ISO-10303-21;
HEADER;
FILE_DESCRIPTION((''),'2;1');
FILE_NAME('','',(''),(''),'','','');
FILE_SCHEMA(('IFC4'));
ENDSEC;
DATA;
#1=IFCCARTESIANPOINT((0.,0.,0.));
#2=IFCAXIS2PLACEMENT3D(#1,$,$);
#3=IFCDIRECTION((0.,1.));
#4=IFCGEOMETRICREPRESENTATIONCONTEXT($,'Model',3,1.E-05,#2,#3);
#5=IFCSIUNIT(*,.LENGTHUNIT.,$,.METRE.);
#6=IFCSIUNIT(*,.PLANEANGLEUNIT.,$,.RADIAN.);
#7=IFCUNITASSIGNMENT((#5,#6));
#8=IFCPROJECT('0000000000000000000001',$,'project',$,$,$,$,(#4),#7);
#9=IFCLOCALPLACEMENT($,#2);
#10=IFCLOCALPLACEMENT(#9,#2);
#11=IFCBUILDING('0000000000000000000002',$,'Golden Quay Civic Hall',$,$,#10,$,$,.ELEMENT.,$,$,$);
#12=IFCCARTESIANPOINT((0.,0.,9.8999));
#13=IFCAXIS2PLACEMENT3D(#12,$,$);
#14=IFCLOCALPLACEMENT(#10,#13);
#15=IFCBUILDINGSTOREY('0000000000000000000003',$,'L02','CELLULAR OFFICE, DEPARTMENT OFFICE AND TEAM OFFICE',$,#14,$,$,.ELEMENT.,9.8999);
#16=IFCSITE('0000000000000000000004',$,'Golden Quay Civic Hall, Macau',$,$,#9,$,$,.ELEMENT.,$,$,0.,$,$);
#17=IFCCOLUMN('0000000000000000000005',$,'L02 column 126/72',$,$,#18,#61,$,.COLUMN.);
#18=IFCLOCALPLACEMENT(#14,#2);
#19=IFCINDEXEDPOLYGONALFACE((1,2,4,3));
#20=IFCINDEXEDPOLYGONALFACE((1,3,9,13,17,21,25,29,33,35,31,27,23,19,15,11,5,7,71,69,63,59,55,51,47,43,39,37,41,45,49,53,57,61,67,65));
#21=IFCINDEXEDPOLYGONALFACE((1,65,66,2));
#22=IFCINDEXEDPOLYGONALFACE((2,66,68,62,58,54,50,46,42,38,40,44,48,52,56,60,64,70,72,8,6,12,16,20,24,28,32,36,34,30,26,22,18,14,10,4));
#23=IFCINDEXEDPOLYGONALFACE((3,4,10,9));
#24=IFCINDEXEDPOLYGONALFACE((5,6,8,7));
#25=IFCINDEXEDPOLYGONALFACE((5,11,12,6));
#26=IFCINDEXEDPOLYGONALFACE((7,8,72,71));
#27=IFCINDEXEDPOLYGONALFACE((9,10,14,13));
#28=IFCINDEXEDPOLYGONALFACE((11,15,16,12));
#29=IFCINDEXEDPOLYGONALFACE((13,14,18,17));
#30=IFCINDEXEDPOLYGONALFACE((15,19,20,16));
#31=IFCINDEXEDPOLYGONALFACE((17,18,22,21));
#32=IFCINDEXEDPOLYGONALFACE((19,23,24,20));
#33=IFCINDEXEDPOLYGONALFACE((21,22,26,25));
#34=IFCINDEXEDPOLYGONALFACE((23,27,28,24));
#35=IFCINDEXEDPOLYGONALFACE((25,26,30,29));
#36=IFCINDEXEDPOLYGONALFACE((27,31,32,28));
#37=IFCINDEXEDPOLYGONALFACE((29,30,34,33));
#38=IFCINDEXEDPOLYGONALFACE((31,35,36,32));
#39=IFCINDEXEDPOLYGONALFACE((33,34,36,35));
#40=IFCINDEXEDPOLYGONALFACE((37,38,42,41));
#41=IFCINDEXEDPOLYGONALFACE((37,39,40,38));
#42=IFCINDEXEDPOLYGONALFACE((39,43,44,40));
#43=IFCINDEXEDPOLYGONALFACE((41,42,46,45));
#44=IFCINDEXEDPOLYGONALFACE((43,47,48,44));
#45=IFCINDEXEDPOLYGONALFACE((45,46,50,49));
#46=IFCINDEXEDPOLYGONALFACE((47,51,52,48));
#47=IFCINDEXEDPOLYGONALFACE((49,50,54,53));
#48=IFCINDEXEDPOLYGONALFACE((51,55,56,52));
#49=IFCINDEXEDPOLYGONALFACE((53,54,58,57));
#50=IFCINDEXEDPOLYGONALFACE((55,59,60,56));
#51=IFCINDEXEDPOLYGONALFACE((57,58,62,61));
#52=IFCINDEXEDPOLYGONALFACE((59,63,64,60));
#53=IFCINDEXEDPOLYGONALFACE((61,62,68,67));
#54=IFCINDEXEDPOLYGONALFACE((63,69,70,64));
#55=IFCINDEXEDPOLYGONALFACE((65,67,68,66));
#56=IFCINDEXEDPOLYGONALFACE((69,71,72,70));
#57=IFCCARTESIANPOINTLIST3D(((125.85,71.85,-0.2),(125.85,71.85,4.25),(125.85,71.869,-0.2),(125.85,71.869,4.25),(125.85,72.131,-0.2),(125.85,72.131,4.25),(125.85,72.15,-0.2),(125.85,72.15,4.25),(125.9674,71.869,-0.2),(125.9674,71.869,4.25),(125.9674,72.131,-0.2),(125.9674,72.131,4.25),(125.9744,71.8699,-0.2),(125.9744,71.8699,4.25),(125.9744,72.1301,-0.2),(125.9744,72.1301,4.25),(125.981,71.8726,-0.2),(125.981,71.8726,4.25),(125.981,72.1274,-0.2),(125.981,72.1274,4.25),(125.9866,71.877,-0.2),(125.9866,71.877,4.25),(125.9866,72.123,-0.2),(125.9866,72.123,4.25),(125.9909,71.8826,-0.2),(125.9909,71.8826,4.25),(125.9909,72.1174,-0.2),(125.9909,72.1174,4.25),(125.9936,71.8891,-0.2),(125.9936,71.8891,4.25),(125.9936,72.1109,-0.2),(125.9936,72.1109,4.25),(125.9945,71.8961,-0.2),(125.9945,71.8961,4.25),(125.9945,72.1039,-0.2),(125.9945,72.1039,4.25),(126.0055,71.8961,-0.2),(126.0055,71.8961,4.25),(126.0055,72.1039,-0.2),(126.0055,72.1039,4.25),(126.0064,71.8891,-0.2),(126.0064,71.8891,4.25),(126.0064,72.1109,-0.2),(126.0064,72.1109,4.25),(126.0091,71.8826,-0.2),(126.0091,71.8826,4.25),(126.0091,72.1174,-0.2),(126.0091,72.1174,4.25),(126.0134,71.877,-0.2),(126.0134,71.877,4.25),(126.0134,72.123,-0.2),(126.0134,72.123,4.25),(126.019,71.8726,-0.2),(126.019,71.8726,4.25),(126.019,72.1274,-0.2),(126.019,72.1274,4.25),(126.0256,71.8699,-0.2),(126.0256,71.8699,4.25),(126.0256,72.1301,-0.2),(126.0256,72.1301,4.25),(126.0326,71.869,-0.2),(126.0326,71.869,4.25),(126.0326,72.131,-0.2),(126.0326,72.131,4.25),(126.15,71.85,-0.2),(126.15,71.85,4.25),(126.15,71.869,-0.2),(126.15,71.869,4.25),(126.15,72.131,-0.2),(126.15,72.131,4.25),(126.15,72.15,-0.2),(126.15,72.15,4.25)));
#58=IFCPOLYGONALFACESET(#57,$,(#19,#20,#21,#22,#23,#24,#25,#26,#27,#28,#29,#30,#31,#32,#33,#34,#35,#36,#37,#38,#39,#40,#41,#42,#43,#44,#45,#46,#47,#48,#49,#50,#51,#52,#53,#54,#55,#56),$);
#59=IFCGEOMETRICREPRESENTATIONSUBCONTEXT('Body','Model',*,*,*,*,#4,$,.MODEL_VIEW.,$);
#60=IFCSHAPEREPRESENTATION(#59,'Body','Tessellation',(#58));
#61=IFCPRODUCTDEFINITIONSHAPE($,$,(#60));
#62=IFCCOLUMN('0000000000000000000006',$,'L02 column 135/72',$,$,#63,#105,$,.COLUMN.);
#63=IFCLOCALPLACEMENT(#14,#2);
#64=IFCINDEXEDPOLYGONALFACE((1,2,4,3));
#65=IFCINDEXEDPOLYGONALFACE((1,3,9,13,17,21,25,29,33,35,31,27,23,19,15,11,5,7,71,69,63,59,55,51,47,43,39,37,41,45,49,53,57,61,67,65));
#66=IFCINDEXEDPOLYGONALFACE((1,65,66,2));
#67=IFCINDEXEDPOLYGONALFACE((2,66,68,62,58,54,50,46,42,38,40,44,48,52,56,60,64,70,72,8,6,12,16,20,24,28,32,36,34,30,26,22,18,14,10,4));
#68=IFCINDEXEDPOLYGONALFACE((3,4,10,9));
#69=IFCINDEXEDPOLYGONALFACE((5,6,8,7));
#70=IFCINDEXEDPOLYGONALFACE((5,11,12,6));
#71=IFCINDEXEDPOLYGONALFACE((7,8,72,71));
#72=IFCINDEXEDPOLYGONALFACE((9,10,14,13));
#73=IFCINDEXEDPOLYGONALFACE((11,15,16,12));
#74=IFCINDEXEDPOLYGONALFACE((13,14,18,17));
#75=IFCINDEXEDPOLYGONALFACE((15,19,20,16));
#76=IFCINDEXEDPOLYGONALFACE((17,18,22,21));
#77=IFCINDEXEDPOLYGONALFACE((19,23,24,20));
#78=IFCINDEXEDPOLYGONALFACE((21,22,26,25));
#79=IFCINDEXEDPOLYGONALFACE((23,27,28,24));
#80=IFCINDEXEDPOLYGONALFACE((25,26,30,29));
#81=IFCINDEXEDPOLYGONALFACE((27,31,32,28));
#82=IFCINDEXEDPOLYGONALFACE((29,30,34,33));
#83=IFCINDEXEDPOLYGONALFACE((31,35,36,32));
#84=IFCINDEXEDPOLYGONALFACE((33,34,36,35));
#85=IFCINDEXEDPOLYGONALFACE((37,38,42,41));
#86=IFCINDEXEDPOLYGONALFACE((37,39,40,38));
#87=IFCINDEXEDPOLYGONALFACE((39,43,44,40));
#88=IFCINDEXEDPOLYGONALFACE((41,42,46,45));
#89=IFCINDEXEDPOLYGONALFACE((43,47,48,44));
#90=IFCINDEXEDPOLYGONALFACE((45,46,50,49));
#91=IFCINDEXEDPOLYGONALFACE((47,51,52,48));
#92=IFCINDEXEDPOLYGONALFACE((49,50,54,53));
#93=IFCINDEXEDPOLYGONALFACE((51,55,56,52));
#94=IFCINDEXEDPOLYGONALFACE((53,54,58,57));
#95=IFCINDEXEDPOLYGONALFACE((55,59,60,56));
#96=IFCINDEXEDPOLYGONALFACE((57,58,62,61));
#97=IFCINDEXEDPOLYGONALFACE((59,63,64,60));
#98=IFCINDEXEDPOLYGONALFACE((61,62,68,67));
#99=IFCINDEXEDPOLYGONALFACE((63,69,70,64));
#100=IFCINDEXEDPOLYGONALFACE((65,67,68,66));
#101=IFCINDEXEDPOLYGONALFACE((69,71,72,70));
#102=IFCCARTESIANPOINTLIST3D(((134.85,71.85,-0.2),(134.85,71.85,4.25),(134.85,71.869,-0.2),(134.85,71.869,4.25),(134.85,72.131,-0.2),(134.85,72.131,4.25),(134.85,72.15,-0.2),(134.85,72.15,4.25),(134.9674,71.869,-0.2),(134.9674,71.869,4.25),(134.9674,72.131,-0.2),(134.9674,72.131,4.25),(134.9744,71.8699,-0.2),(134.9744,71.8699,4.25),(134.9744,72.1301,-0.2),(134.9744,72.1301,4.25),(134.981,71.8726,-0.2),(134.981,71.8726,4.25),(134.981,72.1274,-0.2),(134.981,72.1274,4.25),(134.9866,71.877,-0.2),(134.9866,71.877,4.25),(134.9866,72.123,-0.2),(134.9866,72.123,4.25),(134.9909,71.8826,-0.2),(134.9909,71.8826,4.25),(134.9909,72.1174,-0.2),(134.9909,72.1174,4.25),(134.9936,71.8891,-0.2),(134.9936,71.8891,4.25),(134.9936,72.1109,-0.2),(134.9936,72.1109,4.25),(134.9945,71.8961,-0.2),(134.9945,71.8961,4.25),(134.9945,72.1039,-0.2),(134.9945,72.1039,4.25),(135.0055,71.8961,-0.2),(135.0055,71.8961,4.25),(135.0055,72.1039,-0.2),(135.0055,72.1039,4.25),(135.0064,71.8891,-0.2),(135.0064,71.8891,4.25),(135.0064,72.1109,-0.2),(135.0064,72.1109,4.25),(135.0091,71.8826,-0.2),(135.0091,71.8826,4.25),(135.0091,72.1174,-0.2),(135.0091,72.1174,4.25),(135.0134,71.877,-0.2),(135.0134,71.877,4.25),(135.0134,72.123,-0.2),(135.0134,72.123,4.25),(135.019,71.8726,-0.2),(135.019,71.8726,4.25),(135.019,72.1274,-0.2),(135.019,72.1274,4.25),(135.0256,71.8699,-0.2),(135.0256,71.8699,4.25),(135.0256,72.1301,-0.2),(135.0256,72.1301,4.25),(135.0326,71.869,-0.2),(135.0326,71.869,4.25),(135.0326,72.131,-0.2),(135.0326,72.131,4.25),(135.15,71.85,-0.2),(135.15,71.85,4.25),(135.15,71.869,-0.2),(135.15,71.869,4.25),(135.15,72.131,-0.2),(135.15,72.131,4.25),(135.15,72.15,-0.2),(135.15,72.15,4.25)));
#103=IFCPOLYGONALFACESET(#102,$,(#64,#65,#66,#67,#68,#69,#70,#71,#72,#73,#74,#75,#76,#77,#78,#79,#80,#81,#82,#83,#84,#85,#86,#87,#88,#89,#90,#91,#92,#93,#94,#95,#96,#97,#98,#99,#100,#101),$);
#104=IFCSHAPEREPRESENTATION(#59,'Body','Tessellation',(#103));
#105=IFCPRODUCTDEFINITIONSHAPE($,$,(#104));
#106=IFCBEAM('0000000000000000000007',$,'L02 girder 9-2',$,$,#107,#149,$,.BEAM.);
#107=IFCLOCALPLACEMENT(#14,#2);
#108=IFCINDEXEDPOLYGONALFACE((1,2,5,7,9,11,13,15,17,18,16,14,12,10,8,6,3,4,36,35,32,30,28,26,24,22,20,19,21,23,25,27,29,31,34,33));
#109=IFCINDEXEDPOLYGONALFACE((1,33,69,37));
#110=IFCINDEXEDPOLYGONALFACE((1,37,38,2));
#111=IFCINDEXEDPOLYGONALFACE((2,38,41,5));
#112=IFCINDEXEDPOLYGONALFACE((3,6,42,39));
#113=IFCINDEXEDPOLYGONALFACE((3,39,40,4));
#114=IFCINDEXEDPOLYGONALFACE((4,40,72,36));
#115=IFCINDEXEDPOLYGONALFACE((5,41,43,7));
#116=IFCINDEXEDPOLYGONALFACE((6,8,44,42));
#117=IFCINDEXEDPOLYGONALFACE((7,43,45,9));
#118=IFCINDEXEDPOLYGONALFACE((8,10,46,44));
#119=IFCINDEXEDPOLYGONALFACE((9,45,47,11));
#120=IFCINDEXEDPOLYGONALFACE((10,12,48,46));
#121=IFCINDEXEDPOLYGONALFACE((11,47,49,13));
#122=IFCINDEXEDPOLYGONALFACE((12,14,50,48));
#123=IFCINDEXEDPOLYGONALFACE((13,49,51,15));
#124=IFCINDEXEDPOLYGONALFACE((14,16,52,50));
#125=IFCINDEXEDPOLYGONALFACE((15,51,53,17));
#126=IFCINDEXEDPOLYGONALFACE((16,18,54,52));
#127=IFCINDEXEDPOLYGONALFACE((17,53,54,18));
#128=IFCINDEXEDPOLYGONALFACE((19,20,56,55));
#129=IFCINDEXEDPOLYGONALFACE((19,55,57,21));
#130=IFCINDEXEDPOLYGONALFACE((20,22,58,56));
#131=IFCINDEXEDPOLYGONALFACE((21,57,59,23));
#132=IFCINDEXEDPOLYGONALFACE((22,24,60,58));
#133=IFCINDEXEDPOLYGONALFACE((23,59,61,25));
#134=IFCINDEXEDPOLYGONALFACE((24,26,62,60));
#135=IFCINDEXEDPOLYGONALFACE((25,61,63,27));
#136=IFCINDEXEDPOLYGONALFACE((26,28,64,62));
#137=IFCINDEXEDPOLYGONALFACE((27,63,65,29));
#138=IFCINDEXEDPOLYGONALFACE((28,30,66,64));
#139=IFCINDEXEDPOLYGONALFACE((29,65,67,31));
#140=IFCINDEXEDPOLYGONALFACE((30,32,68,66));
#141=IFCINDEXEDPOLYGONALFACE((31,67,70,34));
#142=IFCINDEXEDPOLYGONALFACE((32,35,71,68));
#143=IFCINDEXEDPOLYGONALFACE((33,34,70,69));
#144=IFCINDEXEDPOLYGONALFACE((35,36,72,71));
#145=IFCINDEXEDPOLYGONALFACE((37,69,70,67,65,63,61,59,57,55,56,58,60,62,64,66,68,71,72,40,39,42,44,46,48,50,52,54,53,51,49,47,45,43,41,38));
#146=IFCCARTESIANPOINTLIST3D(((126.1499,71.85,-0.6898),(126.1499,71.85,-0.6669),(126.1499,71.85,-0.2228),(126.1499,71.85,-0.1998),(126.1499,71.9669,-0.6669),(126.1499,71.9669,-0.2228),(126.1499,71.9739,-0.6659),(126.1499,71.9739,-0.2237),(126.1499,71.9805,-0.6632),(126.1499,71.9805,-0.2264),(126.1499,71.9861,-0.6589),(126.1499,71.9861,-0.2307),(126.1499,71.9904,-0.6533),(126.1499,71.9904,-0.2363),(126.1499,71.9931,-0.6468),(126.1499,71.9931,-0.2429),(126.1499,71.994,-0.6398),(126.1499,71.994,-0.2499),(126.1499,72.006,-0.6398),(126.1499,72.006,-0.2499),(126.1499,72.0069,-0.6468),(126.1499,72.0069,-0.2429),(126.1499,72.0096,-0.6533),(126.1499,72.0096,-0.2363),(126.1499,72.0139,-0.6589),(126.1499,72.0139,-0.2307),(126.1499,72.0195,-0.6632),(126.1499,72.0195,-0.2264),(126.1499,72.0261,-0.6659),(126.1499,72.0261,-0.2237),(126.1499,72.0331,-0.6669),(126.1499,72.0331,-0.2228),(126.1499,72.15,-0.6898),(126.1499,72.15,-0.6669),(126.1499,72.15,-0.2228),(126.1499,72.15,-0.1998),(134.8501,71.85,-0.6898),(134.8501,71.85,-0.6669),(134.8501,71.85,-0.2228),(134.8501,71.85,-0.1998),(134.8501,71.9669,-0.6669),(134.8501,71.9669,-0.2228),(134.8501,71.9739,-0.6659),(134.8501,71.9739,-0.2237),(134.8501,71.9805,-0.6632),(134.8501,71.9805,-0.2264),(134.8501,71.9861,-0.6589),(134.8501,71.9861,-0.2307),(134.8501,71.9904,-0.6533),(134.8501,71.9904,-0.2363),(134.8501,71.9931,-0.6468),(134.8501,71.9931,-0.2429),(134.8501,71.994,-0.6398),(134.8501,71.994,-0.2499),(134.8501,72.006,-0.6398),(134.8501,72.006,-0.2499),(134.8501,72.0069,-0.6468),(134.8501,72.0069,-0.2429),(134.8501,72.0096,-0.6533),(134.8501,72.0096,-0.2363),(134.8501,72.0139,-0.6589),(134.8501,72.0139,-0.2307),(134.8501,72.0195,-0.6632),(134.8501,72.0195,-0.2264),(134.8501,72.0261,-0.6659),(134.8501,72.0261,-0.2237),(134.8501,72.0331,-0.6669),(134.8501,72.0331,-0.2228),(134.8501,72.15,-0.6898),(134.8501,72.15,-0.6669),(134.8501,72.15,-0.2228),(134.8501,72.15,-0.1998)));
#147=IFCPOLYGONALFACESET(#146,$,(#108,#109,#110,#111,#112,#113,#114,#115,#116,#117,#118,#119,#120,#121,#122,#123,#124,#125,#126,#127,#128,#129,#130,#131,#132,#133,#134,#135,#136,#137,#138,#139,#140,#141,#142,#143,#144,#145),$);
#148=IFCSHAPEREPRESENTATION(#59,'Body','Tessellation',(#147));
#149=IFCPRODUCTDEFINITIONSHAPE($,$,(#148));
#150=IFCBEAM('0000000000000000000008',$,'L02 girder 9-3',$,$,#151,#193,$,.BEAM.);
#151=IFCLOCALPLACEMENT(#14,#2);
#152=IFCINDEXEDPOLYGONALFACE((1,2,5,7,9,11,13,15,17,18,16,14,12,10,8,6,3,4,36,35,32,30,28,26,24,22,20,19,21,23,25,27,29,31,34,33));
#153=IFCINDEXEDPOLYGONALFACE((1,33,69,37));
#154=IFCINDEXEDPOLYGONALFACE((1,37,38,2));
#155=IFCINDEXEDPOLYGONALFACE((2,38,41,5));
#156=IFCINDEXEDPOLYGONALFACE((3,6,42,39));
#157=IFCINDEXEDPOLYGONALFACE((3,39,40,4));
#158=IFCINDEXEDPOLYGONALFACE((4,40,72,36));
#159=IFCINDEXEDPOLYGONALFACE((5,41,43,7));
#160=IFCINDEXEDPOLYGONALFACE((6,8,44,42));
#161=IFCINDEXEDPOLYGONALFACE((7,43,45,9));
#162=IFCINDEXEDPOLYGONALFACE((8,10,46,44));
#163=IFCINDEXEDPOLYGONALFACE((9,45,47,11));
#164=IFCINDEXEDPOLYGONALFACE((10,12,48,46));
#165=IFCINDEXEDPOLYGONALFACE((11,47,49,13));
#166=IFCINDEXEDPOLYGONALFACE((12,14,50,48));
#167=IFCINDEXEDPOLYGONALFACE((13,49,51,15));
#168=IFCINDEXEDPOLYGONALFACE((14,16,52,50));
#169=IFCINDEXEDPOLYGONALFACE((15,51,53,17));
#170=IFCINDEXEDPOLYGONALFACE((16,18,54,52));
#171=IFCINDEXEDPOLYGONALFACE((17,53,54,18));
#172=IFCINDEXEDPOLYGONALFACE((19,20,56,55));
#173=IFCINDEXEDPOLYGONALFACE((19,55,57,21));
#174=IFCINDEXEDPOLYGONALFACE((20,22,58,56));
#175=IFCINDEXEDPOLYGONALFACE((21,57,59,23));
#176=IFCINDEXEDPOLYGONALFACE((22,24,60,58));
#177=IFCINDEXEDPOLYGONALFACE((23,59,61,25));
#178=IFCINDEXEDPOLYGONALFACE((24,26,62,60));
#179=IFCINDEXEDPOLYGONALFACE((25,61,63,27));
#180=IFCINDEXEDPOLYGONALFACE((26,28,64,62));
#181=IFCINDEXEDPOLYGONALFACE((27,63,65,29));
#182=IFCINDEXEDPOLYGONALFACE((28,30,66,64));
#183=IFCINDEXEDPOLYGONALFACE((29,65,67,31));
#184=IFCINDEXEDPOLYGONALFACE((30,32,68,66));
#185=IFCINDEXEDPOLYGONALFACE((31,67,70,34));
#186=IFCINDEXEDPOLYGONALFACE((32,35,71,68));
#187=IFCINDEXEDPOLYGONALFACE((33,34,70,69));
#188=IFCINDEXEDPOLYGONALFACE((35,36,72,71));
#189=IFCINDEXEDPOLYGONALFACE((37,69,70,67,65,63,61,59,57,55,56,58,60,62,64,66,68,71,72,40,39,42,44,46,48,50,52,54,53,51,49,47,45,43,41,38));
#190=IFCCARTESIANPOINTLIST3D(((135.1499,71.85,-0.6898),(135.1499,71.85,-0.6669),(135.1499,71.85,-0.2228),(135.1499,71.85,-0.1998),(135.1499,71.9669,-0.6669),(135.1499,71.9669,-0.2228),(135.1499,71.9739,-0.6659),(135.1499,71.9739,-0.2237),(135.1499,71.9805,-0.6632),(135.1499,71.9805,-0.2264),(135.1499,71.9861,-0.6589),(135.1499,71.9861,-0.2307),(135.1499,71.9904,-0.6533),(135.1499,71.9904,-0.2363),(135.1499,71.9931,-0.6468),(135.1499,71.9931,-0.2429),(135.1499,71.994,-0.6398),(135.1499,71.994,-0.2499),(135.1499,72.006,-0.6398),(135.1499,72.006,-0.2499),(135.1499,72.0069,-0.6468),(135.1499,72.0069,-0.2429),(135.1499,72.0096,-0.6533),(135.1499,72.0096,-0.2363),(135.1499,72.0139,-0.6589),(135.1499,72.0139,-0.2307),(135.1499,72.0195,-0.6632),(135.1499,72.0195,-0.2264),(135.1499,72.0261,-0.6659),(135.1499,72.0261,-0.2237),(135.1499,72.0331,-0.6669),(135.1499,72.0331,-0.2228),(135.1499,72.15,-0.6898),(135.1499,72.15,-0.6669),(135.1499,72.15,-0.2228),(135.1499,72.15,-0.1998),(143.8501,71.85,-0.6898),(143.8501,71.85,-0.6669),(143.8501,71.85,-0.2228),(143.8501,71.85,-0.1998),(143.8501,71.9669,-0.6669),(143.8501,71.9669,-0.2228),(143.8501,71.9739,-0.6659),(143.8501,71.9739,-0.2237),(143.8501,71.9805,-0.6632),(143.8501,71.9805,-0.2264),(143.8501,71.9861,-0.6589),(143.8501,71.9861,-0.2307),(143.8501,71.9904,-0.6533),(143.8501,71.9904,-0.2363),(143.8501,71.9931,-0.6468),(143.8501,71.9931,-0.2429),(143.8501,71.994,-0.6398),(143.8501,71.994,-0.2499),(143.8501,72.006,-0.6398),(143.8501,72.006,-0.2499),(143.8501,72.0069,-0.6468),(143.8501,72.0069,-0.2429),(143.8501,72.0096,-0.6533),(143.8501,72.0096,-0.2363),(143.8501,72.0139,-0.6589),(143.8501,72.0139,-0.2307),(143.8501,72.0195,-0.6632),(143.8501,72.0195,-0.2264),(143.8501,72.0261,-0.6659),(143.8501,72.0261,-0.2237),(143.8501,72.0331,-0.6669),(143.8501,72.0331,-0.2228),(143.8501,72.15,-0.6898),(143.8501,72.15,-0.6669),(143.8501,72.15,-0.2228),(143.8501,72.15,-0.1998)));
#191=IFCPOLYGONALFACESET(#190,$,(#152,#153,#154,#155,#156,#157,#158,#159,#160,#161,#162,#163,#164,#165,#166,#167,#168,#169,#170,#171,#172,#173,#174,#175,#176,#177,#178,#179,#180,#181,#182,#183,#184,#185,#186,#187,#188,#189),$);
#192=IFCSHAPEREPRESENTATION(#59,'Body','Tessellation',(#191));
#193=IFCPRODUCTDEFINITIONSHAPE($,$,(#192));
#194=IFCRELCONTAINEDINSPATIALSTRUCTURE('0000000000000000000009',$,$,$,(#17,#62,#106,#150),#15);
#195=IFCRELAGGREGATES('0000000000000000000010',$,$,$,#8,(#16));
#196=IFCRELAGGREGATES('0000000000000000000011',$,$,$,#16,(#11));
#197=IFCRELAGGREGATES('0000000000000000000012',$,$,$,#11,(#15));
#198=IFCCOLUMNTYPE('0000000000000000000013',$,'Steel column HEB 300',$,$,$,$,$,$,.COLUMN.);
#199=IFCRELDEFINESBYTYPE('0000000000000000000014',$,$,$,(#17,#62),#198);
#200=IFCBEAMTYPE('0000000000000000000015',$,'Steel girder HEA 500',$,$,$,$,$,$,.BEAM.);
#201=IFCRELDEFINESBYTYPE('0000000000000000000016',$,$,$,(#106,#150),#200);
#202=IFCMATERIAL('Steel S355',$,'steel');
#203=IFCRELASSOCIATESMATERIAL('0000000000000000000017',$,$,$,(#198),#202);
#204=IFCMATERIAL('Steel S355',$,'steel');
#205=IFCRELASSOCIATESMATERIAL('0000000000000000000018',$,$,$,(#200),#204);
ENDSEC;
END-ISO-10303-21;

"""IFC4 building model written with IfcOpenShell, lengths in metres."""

from ifc_helpers import new_model, si_unit, direction, frame, origin, origin_2d, place, context, subcontext, project, spatial, i_section, extrude, material, material_profile, profile_set, type_object, element, save


model = new_model("IFC4")

# Units and contexts
model_context = context("Model", 3, precision=1e-05, world=origin(), true_north=direction((0.0, 1.0)))
body_context = subcontext(model_context, "Body", "Model", "MODEL_VIEW")
ifc_project = project(units=[si_unit("LENGTHUNIT", "METRE"), si_unit("PLANEANGLEUNIT", "RADIAN")], contexts=[model_context])

# Site, building, storey
site_placement = place(None, origin())
site = spatial("IfcSite", under=ifc_project, at=site_placement, Name="Golden Quay Civic Hall, Macau", CompositionType="ELEMENT", RefElevation=0.0)
building_placement = place(site_placement, origin())
building = spatial("IfcBuilding", under=site, at=building_placement, Name="Golden Quay Civic Hall", CompositionType="ELEMENT")
storey_placement = place(building_placement, frame((0.0, 0.0, 9.8999)))
storey = spatial("IfcBuildingStorey", under=building, at=storey_placement, Name="L02", Description="CELLULAR OFFICE, DEPARTMENT OFFICE AND TEAM OFFICE", CompositionType="ELEMENT", Elevation=9.8999)

# Columns
ifc_material_1 = material(Name="Steel S355", Category="steel")
ifc_material_profile_1 = material_profile(ifc_material_1, i_section(OverallWidth=0.3, OverallDepth=0.3, WebThickness=0.011, FlangeThickness=0.019, FilletRadius=0.0271, at=origin_2d()), Name="HEB 300")
ifc_profile_set_1 = profile_set([ifc_material_profile_1], Name="Steel S355")
column_type = type_object("IfcColumnType", Name="Steel column HEB 300", PredefinedType="COLUMN", material=ifc_profile_set_1)
for number, where, z_axis, x_axis, name in (
    (1, (126.0, 72.0, -0.2), (0.0, 0.0, 1.0), (1.0, 0.0, 0.0), "L02 column 126/72"),
    (2, (135.0, 72.0, -0.2), (0.0, 0.0, 1.0), (1.0, 0.0, 0.0), "L02 column 135/72"),
):
    element("IfcColumn", number, at=place(storey_placement, frame(where, z_axis=z_axis, x_axis=x_axis)), inside=storey, type_object=column_type, Name=name, PredefinedType="COLUMN", context=body_context, shape_type="SweptSolid", body=[
        extrude(i_section(OverallWidth=0.3, OverallDepth=0.3, WebThickness=0.011, FlangeThickness=0.019, FilletRadius=0.0271, at=origin_2d()), origin(), (0.0, 0.0, 1.0), 4.45),
    ])

# Beams
ifc_material_2 = material(Name="Steel S355", Category="steel")
ifc_material_profile_2 = material_profile(ifc_material_2, i_section(OverallWidth=0.3, OverallDepth=0.49, WebThickness=0.012, FlangeThickness=0.0229, FilletRadius=0.0271, at=origin_2d()), Name="HEA 500")
ifc_profile_set_2 = profile_set([ifc_material_profile_2], Name="Steel S355")
beam_type_1 = type_object("IfcBeamType", Name="Steel girder HEA 500", PredefinedType="BEAM", material=ifc_profile_set_2)
for number, where, z_axis, x_axis, name in (
    (3, (126.1499, 72.0, -0.4448), (1.0, 0.0, 0.0), (0.0, 1.0, 0.0), "L02 girder 9-2"),
    (4, (135.1499, 72.0, -0.4448), (1.0, 0.0, 0.0), (0.0, 1.0, 0.0), "L02 girder 9-3"),
):
    element("IfcBeam", number, at=place(storey_placement, frame(where, z_axis=z_axis, x_axis=x_axis)), inside=storey, type_object=beam_type_1, Name=name, PredefinedType="BEAM", context=body_context, shape_type="SweptSolid", body=[
        extrude(i_section(OverallWidth=0.3, OverallDepth=0.49, WebThickness=0.012, FlangeThickness=0.0229, FilletRadius=0.0271, at=origin_2d()), origin(), (0.0, 0.0, 1.0), 8.7002),
    ])

save(model, "model.ifc")
